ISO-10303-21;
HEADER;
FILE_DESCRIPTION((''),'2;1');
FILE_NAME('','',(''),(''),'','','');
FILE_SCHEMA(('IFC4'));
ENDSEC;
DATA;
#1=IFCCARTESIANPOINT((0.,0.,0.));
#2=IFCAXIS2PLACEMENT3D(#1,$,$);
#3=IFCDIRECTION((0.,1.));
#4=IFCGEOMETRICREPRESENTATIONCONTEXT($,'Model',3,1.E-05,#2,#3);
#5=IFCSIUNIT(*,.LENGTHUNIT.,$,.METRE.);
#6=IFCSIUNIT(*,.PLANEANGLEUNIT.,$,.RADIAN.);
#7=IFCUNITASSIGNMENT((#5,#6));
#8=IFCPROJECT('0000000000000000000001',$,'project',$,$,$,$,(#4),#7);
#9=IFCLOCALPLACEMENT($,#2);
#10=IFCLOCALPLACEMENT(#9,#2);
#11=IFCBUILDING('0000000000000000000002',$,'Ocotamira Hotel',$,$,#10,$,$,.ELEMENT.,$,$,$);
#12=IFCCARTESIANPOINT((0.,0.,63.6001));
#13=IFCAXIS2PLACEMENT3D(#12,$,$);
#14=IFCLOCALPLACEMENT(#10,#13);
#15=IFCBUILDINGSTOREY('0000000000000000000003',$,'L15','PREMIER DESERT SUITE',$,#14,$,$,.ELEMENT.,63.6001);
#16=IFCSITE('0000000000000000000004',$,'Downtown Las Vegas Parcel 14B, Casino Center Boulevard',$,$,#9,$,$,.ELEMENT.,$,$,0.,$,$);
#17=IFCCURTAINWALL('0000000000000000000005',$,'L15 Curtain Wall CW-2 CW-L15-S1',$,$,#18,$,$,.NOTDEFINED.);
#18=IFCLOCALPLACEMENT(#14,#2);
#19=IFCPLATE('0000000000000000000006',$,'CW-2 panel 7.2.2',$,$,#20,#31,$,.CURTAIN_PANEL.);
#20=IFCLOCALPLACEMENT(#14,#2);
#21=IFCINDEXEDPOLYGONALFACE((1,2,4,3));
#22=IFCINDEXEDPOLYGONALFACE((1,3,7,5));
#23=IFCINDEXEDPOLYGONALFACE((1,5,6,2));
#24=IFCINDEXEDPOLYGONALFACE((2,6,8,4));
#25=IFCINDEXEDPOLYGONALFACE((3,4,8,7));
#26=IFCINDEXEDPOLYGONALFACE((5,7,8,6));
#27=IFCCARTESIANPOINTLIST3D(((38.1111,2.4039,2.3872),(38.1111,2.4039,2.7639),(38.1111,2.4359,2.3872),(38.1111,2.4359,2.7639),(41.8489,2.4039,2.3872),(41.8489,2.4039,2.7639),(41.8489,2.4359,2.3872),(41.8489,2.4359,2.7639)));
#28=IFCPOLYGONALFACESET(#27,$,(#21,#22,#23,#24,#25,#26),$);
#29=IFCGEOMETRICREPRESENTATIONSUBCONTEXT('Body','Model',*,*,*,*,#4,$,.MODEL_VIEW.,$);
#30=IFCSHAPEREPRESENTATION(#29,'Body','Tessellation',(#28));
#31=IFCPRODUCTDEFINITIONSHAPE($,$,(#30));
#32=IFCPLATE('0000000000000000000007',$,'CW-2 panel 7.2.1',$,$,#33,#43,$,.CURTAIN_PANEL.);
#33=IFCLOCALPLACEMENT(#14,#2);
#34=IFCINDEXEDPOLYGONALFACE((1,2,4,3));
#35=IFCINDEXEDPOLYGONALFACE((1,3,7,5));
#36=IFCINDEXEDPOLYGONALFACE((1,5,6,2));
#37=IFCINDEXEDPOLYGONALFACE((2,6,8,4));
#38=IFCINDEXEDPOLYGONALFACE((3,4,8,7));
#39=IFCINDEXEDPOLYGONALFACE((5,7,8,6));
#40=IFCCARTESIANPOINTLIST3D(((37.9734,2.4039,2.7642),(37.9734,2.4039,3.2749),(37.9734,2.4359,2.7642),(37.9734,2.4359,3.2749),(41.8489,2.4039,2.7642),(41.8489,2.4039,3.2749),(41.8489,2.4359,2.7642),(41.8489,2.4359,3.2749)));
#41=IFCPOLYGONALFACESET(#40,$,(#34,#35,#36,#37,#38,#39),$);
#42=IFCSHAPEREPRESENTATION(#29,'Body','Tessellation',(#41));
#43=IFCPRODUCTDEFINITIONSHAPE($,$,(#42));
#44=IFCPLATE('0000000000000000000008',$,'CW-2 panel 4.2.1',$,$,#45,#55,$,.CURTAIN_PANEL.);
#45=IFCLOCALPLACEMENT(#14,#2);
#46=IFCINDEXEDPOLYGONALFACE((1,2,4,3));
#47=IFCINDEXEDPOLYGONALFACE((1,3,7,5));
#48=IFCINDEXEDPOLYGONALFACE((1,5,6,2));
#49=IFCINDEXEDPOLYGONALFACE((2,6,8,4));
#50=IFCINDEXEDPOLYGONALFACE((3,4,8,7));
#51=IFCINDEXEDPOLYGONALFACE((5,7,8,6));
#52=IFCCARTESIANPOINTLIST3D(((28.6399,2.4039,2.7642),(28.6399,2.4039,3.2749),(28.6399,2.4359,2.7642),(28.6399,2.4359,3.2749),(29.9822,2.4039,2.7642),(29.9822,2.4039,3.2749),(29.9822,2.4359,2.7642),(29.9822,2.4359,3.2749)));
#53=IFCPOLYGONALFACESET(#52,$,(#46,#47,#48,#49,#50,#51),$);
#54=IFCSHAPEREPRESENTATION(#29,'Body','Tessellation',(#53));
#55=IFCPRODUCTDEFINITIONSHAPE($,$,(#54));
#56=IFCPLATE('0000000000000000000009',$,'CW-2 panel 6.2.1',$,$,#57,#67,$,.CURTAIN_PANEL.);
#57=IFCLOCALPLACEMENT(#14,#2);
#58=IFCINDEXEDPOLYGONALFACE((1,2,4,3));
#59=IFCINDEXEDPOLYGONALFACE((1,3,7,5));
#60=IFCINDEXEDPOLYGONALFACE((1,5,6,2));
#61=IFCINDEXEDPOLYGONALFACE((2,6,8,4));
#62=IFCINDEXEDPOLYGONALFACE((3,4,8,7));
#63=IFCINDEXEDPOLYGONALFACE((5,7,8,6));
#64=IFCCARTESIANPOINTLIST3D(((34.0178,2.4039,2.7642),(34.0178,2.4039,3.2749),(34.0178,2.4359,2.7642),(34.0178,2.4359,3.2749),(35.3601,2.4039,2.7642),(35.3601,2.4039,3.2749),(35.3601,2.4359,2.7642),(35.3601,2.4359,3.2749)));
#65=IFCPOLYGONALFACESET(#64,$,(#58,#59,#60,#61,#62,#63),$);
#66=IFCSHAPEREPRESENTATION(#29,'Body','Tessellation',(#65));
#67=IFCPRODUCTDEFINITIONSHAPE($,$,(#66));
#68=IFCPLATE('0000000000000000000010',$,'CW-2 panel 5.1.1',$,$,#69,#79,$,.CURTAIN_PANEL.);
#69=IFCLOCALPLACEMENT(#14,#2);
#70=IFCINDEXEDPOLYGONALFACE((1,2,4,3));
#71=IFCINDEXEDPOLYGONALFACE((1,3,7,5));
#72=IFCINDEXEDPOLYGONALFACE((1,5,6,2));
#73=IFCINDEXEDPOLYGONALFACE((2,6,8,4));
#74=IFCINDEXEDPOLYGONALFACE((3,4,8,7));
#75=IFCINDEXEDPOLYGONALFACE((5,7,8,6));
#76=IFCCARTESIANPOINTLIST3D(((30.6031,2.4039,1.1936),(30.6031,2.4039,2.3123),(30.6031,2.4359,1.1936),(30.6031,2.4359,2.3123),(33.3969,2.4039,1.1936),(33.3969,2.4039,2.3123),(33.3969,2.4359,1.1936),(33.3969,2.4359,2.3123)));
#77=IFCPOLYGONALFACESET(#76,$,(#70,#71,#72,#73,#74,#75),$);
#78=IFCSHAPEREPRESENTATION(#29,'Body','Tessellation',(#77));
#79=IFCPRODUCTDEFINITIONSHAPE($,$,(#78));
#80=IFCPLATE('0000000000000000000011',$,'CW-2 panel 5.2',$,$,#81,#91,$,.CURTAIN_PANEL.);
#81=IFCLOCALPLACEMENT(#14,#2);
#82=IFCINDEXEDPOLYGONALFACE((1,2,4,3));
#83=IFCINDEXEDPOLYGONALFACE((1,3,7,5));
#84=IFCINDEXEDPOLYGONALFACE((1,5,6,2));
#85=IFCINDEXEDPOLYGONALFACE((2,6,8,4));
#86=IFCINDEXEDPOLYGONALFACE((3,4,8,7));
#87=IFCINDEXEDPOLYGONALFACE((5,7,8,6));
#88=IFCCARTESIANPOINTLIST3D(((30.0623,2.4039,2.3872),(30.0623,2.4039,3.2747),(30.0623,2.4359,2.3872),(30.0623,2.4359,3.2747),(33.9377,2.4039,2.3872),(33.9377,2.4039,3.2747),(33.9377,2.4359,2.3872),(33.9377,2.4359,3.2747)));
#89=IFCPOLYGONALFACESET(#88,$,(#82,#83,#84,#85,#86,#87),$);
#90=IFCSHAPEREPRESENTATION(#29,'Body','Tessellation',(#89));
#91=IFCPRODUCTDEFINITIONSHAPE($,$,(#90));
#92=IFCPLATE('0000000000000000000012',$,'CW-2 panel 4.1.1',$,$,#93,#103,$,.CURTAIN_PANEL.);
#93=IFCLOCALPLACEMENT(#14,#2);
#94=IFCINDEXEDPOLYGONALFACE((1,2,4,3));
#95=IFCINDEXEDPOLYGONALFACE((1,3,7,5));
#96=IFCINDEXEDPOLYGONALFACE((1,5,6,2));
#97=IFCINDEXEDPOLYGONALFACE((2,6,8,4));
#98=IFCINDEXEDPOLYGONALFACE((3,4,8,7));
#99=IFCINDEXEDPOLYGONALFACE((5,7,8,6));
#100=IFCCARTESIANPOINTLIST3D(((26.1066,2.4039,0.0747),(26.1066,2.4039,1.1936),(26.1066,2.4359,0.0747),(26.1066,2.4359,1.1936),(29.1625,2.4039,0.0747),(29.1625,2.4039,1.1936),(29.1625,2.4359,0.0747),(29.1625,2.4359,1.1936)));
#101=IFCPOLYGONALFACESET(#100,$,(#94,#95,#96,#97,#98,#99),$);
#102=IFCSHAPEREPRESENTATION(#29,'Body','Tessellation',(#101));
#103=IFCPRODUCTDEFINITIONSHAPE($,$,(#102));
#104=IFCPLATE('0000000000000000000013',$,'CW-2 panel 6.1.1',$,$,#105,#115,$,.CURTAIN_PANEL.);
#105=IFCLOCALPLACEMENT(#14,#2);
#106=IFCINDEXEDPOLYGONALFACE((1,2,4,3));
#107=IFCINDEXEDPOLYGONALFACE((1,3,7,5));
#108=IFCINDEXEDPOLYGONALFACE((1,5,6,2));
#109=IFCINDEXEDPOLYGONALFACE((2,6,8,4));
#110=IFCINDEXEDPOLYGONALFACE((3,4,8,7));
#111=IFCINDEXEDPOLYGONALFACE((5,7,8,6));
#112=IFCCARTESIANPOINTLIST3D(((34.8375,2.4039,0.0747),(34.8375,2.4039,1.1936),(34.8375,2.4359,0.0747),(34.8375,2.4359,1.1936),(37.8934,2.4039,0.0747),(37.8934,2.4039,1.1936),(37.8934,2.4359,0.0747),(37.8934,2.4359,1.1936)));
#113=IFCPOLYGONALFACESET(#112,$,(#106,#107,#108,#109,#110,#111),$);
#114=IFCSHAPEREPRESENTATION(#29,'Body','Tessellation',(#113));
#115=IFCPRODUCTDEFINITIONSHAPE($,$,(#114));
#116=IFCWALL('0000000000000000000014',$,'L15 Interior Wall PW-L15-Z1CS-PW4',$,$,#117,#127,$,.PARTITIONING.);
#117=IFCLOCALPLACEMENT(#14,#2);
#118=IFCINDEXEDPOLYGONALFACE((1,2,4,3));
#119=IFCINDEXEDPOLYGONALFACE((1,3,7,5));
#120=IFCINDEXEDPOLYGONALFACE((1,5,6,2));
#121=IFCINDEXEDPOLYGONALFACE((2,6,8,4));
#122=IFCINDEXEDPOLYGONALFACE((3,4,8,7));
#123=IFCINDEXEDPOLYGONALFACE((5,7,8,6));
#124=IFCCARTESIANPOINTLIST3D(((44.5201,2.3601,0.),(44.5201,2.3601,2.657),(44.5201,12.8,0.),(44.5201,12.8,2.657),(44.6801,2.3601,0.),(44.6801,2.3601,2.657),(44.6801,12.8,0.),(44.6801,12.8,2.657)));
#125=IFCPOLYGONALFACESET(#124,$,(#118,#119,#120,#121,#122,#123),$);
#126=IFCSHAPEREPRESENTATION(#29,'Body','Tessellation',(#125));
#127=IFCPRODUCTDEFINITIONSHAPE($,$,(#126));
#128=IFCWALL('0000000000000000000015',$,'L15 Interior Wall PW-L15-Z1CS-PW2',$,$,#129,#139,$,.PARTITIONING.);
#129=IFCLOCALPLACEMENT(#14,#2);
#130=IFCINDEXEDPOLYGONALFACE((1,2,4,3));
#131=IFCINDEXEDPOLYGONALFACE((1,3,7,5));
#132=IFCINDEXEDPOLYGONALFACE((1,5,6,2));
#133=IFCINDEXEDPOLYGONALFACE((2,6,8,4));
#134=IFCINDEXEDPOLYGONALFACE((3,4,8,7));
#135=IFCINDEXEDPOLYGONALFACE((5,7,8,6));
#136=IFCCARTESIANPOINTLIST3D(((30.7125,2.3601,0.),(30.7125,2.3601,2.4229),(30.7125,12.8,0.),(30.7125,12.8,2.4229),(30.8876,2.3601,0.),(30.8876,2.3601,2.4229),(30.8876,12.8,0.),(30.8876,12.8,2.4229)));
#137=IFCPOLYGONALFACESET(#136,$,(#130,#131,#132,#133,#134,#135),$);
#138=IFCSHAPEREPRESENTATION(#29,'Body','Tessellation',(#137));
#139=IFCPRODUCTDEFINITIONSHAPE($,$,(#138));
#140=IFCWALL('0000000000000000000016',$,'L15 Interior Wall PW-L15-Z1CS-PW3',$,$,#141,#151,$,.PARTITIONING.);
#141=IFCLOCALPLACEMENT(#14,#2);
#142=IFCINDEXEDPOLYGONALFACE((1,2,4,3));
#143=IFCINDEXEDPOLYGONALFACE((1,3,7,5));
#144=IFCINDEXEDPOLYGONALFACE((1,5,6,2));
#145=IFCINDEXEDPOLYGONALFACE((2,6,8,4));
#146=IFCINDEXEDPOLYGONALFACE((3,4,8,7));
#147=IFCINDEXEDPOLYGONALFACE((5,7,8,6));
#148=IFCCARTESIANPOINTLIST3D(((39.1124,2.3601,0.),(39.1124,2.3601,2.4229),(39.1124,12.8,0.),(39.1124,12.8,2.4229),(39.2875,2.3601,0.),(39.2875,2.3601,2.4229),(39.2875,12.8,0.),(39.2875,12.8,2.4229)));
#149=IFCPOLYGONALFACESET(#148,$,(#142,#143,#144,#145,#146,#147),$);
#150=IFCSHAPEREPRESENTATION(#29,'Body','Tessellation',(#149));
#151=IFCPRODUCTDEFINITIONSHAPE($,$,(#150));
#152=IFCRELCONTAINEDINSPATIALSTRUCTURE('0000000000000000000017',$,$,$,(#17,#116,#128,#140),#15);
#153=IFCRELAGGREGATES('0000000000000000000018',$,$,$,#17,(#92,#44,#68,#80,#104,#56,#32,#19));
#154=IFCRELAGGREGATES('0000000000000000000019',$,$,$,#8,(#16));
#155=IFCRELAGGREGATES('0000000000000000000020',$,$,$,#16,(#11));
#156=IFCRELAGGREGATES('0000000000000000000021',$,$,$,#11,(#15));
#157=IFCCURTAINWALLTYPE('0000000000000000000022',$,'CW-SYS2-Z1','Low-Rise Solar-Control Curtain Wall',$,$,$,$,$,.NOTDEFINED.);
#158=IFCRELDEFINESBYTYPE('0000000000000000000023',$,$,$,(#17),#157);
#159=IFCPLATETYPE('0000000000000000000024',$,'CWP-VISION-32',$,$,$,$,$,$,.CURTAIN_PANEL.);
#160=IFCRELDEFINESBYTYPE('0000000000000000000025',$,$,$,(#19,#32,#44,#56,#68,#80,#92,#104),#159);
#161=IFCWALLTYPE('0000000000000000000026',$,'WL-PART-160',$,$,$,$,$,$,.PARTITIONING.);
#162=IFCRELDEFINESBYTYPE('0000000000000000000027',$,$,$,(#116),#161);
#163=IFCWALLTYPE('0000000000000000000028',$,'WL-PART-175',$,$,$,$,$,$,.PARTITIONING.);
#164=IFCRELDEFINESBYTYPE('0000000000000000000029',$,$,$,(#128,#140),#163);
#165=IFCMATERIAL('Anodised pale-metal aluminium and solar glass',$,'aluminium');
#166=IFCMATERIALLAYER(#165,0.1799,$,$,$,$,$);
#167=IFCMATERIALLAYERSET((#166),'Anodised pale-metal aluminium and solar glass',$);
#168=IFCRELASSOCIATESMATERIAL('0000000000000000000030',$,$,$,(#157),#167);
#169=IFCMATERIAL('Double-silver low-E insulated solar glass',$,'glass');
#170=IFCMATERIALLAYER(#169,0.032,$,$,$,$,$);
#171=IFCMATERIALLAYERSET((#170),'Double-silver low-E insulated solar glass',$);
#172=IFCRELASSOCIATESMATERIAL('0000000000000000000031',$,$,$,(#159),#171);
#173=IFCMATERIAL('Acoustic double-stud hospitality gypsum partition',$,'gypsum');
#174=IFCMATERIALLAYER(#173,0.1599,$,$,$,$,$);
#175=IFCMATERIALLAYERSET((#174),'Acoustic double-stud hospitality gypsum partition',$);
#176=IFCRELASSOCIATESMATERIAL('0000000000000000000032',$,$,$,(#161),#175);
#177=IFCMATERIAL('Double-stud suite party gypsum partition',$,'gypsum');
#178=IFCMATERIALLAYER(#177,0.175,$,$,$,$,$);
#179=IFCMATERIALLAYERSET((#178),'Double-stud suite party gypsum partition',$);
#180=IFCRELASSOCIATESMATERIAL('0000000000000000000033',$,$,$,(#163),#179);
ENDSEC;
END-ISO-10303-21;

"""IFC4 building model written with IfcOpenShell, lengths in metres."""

from ifc_helpers import new_model, si_unit, direction, frame, frame_2d, origin, origin_2d, place, context, subcontext, project, spatial, rectangle, extrude, source, transform, mapped, material, layer, layer_set, type_object, element, aggregate, save


model = new_model("IFC4")

# Units and contexts
model_context = context("Model", 3, precision=1e-05, world=origin(), true_north=direction((0.0, 1.0)))
body_context = subcontext(model_context, "Body", "Model", "MODEL_VIEW")
ifc_project = project(units=[si_unit("LENGTHUNIT", "METRE"), si_unit("PLANEANGLEUNIT", "RADIAN")], contexts=[model_context])

# Site, building, storey
site_placement = place(None, origin())
site = spatial("IfcSite", under=ifc_project, at=site_placement, Name="Downtown Las Vegas Parcel 14B, Casino Center Boulevard", CompositionType="ELEMENT", RefElevation=0.0)
building_placement = place(site_placement, origin())
building = spatial("IfcBuilding", under=site, at=building_placement, Name="Ocotamira Hotel", CompositionType="ELEMENT")
storey_placement = place(building_placement, frame((0.0, 0.0, 63.6001)))
storey = spatial("IfcBuildingStorey", under=building, at=storey_placement, Name="L15", Description="PREMIER DESERT SUITE", CompositionType="ELEMENT", Elevation=63.6001)

# Curtain wall
ifc_material_1 = material(Name="Anodised pale-metal aluminium and solar glass", Category="aluminium")
ifc_layer_1 = layer(ifc_material_1, 0.1799)
ifc_layer_set_1 = layer_set([ifc_layer_1], Name="Anodised pale-metal aluminium and solar glass")
curtain_wall_type = type_object("IfcCurtainWallType", Name="CW-SYS2-Z1", Description="Low-Rise Solar-Control Curtain Wall", PredefinedType="NOTDEFINED", material=ifc_layer_set_1)
curtain_wall_placement = place(storey_placement, origin())
curtain_wall = element("IfcCurtainWall", 1, at=curtain_wall_placement, inside=storey, type_object=curtain_wall_type, Name="L15 Curtain Wall CW-2 CW-L15-S1", PredefinedType="NOTDEFINED")

# Plates
ifc_material_2 = material(Name="Double-silver low-E insulated solar glass", Category="glass")
ifc_layer_2 = layer(ifc_material_2, 0.032)
ifc_layer_set_2 = layer_set([ifc_layer_2], Name="Double-silver low-E insulated solar glass")
plate_type_1 = type_object("IfcPlateType", Name="CWP-VISION-32", PredefinedType="CURTAIN_PANEL", material=ifc_layer_set_2)
shared_shape_1 = source(origin(), body_context, "Body", "SweptSolid", [
    extrude(rectangle(XDim=3.7378, YDim=0.032, at=origin_2d()), origin(), (0.0, 0.0, 1.0), 0.3767),
])
plate_1_placement = place(storey_placement, frame((39.98, 2.4199, 2.3872), z_axis=(0.0, 0.0, 1.0), x_axis=(1.0, 0.0, 0.0)))
plate_1 = element("IfcPlate", 2, at=plate_1_placement, type_object=plate_type_1, Name="CW-2 panel 7.2.2", PredefinedType="CURTAIN_PANEL", context=body_context, shape_type="MappedRepresentation", body=[
    mapped(shared_shape_1, transform((0.0, 0.0, 0.0), scale=1.0)),
])
shared_shape_2 = source(origin(), body_context, "Body", "SweptSolid", [
    extrude(rectangle(XDim=3.8755, YDim=0.032, at=origin_2d()), origin(), (0.0, 0.0, 1.0), 0.5107),
])
plate_2_placement = place(storey_placement, frame((39.9111, 2.4199, 2.7642), z_axis=(0.0, 0.0, 1.0), x_axis=(1.0, 0.0, 0.0)))
plate_2 = element("IfcPlate", 3, at=plate_2_placement, type_object=plate_type_1, Name="CW-2 panel 7.2.1", PredefinedType="CURTAIN_PANEL", context=body_context, shape_type="MappedRepresentation", body=[
    mapped(shared_shape_2, transform((0.0, 0.0, 0.0), scale=1.0)),
])
shared_shape_3 = source(origin(), body_context, "Body", "SweptSolid", [
    extrude(rectangle(XDim=1.3423, YDim=0.032, at=origin_2d()), origin(), (0.0, 0.0, 1.0), 0.5107),
])
plate_3_placement = place(storey_placement, frame((29.311, 2.4199, 2.7642), z_axis=(0.0, 0.0, 1.0), x_axis=(1.0, 0.0, 0.0)))
plate_3 = element("IfcPlate", 4, at=plate_3_placement, type_object=plate_type_1, Name="CW-2 panel 4.2.1", PredefinedType="CURTAIN_PANEL", context=body_context, shape_type="MappedRepresentation", body=[
    mapped(shared_shape_3, transform((0.0, 0.0, 0.0), scale=1.0)),
])
plate_4_placement = place(storey_placement, frame((34.689, 2.4199, 2.7642), z_axis=(0.0, 0.0, 1.0), x_axis=(1.0, 0.0, 0.0)))
plate_4 = element("IfcPlate", 5, at=plate_4_placement, type_object=plate_type_1, Name="CW-2 panel 6.2.1", PredefinedType="CURTAIN_PANEL", context=body_context, shape_type="MappedRepresentation", body=[
    mapped(shared_shape_3, transform((0.0, 0.0, 0.0), scale=1.0)),
])
shared_shape_4 = source(origin(), body_context, "Body", "SweptSolid", [
    extrude(rectangle(XDim=2.7937, YDim=0.032, at=origin_2d()), origin(), (0.0, 0.0, 1.0), 1.1187),
])
plate_5_placement = place(storey_placement, frame((32.0, 2.4199, 1.1936), z_axis=(0.0, 0.0, 1.0), x_axis=(1.0, 0.0, 0.0)))
plate_5 = element("IfcPlate", 6, at=plate_5_placement, type_object=plate_type_1, Name="CW-2 panel 5.1.1", PredefinedType="CURTAIN_PANEL", context=body_context, shape_type="MappedRepresentation", body=[
    mapped(shared_shape_4, transform((0.0, 0.0, 0.0), scale=1.0)),
])
shared_shape_5 = source(origin(), body_context, "Body", "SweptSolid", [
    extrude(rectangle(XDim=3.8755, YDim=0.032, at=origin_2d()), origin(), (0.0, 0.0, 1.0), 0.8875),
])
plate_6_placement = place(storey_placement, frame((32.0, 2.4199, 2.3872), z_axis=(0.0, 0.0, 1.0), x_axis=(1.0, 0.0, 0.0)))
plate_6 = element("IfcPlate", 7, at=plate_6_placement, type_object=plate_type_1, Name="CW-2 panel 5.2", PredefinedType="CURTAIN_PANEL", context=body_context, shape_type="MappedRepresentation", body=[
    mapped(shared_shape_5, transform((0.0, 0.0, 0.0), scale=1.0)),
])
shared_shape_6 = source(origin(), body_context, "Body", "SweptSolid", [
    extrude(rectangle(XDim=3.0559, YDim=0.032, at=origin_2d()), origin(), (0.0, 0.0, 1.0), 1.1189),
])
plate_7_placement = place(storey_placement, frame((27.6345, 2.4199, 0.0747), z_axis=(0.0, 0.0, 1.0), x_axis=(1.0, 0.0, 0.0)))
plate_7 = element("IfcPlate", 8, at=plate_7_placement, type_object=plate_type_1, Name="CW-2 panel 4.1.1", PredefinedType="CURTAIN_PANEL", context=body_context, shape_type="MappedRepresentation", body=[
    mapped(shared_shape_6, transform((0.0, 0.0, 0.0), scale=1.0)),
])
plate_8_placement = place(storey_placement, frame((36.3655, 2.4199, 0.0747), z_axis=(0.0, 0.0, 1.0), x_axis=(1.0, 0.0, 0.0)))
plate_8 = element("IfcPlate", 9, at=plate_8_placement, type_object=plate_type_1, Name="CW-2 panel 6.1.1", PredefinedType="CURTAIN_PANEL", context=body_context, shape_type="MappedRepresentation", body=[
    mapped(shared_shape_6, transform((0.0, 0.0, 0.0), scale=1.0)),
])
aggregate(curtain_wall, [plate_7, plate_3, plate_5, plate_6, plate_8, plate_4, plate_2, plate_1])

# Walls
ifc_material_3 = material(Name="Acoustic double-stud hospitality gypsum partition", Category="gypsum")
ifc_layer_3 = layer(ifc_material_3, 0.1599)
ifc_layer_set_3 = layer_set([ifc_layer_3], Name="Acoustic double-stud hospitality gypsum partition")
wall_type_1 = type_object("IfcWallType", Name="WL-PART-160", PredefinedType="PARTITIONING", material=ifc_layer_set_3)
wall_placement = place(storey_placement, frame((44.6001, 2.3601, 0.0), z_axis=(0.0, 0.0, 1.0), x_axis=(0.0, 1.0, 0.0)))
element("IfcWall", 10, at=wall_placement, inside=storey, type_object=wall_type_1, Name="L15 Interior Wall PW-L15-Z1CS-PW4", PredefinedType="PARTITIONING", context=body_context, shape_type="SweptSolid", body=[
    extrude(rectangle(XDim=10.4399, YDim=0.1599, at=frame_2d((5.22, 0.0))), origin(), (0.0, 0.0, 1.0), 2.657),
])
ifc_material_4 = material(Name="Double-stud suite party gypsum partition", Category="gypsum")
ifc_layer_4 = layer(ifc_material_4, 0.175)
ifc_layer_set_4 = layer_set([ifc_layer_4], Name="Double-stud suite party gypsum partition")
wall_type_2 = type_object("IfcWallType", Name="WL-PART-175", PredefinedType="PARTITIONING", material=ifc_layer_set_4)
for number, where, z_axis, x_axis, name in (
    (11, (30.8, 2.3601, 0.0), (0.0, 0.0, 1.0), (0.0, 1.0, 0.0), "L15 Interior Wall PW-L15-Z1CS-PW2"),
    (12, (39.2, 2.3601, 0.0), (0.0, 0.0, 1.0), (0.0, 1.0, 0.0), "L15 Interior Wall PW-L15-Z1CS-PW3"),
):
    element("IfcWall", number, at=place(storey_placement, frame(where, z_axis=z_axis, x_axis=x_axis)), inside=storey, type_object=wall_type_2, Name=name, PredefinedType="PARTITIONING", context=body_context, shape_type="SweptSolid", body=[
        extrude(rectangle(XDim=10.4399, YDim=0.175, at=frame_2d((5.22, 0.0))), origin(), (0.0, 0.0, 1.0), 2.4229),
    ])

save(model, "model.ifc")
